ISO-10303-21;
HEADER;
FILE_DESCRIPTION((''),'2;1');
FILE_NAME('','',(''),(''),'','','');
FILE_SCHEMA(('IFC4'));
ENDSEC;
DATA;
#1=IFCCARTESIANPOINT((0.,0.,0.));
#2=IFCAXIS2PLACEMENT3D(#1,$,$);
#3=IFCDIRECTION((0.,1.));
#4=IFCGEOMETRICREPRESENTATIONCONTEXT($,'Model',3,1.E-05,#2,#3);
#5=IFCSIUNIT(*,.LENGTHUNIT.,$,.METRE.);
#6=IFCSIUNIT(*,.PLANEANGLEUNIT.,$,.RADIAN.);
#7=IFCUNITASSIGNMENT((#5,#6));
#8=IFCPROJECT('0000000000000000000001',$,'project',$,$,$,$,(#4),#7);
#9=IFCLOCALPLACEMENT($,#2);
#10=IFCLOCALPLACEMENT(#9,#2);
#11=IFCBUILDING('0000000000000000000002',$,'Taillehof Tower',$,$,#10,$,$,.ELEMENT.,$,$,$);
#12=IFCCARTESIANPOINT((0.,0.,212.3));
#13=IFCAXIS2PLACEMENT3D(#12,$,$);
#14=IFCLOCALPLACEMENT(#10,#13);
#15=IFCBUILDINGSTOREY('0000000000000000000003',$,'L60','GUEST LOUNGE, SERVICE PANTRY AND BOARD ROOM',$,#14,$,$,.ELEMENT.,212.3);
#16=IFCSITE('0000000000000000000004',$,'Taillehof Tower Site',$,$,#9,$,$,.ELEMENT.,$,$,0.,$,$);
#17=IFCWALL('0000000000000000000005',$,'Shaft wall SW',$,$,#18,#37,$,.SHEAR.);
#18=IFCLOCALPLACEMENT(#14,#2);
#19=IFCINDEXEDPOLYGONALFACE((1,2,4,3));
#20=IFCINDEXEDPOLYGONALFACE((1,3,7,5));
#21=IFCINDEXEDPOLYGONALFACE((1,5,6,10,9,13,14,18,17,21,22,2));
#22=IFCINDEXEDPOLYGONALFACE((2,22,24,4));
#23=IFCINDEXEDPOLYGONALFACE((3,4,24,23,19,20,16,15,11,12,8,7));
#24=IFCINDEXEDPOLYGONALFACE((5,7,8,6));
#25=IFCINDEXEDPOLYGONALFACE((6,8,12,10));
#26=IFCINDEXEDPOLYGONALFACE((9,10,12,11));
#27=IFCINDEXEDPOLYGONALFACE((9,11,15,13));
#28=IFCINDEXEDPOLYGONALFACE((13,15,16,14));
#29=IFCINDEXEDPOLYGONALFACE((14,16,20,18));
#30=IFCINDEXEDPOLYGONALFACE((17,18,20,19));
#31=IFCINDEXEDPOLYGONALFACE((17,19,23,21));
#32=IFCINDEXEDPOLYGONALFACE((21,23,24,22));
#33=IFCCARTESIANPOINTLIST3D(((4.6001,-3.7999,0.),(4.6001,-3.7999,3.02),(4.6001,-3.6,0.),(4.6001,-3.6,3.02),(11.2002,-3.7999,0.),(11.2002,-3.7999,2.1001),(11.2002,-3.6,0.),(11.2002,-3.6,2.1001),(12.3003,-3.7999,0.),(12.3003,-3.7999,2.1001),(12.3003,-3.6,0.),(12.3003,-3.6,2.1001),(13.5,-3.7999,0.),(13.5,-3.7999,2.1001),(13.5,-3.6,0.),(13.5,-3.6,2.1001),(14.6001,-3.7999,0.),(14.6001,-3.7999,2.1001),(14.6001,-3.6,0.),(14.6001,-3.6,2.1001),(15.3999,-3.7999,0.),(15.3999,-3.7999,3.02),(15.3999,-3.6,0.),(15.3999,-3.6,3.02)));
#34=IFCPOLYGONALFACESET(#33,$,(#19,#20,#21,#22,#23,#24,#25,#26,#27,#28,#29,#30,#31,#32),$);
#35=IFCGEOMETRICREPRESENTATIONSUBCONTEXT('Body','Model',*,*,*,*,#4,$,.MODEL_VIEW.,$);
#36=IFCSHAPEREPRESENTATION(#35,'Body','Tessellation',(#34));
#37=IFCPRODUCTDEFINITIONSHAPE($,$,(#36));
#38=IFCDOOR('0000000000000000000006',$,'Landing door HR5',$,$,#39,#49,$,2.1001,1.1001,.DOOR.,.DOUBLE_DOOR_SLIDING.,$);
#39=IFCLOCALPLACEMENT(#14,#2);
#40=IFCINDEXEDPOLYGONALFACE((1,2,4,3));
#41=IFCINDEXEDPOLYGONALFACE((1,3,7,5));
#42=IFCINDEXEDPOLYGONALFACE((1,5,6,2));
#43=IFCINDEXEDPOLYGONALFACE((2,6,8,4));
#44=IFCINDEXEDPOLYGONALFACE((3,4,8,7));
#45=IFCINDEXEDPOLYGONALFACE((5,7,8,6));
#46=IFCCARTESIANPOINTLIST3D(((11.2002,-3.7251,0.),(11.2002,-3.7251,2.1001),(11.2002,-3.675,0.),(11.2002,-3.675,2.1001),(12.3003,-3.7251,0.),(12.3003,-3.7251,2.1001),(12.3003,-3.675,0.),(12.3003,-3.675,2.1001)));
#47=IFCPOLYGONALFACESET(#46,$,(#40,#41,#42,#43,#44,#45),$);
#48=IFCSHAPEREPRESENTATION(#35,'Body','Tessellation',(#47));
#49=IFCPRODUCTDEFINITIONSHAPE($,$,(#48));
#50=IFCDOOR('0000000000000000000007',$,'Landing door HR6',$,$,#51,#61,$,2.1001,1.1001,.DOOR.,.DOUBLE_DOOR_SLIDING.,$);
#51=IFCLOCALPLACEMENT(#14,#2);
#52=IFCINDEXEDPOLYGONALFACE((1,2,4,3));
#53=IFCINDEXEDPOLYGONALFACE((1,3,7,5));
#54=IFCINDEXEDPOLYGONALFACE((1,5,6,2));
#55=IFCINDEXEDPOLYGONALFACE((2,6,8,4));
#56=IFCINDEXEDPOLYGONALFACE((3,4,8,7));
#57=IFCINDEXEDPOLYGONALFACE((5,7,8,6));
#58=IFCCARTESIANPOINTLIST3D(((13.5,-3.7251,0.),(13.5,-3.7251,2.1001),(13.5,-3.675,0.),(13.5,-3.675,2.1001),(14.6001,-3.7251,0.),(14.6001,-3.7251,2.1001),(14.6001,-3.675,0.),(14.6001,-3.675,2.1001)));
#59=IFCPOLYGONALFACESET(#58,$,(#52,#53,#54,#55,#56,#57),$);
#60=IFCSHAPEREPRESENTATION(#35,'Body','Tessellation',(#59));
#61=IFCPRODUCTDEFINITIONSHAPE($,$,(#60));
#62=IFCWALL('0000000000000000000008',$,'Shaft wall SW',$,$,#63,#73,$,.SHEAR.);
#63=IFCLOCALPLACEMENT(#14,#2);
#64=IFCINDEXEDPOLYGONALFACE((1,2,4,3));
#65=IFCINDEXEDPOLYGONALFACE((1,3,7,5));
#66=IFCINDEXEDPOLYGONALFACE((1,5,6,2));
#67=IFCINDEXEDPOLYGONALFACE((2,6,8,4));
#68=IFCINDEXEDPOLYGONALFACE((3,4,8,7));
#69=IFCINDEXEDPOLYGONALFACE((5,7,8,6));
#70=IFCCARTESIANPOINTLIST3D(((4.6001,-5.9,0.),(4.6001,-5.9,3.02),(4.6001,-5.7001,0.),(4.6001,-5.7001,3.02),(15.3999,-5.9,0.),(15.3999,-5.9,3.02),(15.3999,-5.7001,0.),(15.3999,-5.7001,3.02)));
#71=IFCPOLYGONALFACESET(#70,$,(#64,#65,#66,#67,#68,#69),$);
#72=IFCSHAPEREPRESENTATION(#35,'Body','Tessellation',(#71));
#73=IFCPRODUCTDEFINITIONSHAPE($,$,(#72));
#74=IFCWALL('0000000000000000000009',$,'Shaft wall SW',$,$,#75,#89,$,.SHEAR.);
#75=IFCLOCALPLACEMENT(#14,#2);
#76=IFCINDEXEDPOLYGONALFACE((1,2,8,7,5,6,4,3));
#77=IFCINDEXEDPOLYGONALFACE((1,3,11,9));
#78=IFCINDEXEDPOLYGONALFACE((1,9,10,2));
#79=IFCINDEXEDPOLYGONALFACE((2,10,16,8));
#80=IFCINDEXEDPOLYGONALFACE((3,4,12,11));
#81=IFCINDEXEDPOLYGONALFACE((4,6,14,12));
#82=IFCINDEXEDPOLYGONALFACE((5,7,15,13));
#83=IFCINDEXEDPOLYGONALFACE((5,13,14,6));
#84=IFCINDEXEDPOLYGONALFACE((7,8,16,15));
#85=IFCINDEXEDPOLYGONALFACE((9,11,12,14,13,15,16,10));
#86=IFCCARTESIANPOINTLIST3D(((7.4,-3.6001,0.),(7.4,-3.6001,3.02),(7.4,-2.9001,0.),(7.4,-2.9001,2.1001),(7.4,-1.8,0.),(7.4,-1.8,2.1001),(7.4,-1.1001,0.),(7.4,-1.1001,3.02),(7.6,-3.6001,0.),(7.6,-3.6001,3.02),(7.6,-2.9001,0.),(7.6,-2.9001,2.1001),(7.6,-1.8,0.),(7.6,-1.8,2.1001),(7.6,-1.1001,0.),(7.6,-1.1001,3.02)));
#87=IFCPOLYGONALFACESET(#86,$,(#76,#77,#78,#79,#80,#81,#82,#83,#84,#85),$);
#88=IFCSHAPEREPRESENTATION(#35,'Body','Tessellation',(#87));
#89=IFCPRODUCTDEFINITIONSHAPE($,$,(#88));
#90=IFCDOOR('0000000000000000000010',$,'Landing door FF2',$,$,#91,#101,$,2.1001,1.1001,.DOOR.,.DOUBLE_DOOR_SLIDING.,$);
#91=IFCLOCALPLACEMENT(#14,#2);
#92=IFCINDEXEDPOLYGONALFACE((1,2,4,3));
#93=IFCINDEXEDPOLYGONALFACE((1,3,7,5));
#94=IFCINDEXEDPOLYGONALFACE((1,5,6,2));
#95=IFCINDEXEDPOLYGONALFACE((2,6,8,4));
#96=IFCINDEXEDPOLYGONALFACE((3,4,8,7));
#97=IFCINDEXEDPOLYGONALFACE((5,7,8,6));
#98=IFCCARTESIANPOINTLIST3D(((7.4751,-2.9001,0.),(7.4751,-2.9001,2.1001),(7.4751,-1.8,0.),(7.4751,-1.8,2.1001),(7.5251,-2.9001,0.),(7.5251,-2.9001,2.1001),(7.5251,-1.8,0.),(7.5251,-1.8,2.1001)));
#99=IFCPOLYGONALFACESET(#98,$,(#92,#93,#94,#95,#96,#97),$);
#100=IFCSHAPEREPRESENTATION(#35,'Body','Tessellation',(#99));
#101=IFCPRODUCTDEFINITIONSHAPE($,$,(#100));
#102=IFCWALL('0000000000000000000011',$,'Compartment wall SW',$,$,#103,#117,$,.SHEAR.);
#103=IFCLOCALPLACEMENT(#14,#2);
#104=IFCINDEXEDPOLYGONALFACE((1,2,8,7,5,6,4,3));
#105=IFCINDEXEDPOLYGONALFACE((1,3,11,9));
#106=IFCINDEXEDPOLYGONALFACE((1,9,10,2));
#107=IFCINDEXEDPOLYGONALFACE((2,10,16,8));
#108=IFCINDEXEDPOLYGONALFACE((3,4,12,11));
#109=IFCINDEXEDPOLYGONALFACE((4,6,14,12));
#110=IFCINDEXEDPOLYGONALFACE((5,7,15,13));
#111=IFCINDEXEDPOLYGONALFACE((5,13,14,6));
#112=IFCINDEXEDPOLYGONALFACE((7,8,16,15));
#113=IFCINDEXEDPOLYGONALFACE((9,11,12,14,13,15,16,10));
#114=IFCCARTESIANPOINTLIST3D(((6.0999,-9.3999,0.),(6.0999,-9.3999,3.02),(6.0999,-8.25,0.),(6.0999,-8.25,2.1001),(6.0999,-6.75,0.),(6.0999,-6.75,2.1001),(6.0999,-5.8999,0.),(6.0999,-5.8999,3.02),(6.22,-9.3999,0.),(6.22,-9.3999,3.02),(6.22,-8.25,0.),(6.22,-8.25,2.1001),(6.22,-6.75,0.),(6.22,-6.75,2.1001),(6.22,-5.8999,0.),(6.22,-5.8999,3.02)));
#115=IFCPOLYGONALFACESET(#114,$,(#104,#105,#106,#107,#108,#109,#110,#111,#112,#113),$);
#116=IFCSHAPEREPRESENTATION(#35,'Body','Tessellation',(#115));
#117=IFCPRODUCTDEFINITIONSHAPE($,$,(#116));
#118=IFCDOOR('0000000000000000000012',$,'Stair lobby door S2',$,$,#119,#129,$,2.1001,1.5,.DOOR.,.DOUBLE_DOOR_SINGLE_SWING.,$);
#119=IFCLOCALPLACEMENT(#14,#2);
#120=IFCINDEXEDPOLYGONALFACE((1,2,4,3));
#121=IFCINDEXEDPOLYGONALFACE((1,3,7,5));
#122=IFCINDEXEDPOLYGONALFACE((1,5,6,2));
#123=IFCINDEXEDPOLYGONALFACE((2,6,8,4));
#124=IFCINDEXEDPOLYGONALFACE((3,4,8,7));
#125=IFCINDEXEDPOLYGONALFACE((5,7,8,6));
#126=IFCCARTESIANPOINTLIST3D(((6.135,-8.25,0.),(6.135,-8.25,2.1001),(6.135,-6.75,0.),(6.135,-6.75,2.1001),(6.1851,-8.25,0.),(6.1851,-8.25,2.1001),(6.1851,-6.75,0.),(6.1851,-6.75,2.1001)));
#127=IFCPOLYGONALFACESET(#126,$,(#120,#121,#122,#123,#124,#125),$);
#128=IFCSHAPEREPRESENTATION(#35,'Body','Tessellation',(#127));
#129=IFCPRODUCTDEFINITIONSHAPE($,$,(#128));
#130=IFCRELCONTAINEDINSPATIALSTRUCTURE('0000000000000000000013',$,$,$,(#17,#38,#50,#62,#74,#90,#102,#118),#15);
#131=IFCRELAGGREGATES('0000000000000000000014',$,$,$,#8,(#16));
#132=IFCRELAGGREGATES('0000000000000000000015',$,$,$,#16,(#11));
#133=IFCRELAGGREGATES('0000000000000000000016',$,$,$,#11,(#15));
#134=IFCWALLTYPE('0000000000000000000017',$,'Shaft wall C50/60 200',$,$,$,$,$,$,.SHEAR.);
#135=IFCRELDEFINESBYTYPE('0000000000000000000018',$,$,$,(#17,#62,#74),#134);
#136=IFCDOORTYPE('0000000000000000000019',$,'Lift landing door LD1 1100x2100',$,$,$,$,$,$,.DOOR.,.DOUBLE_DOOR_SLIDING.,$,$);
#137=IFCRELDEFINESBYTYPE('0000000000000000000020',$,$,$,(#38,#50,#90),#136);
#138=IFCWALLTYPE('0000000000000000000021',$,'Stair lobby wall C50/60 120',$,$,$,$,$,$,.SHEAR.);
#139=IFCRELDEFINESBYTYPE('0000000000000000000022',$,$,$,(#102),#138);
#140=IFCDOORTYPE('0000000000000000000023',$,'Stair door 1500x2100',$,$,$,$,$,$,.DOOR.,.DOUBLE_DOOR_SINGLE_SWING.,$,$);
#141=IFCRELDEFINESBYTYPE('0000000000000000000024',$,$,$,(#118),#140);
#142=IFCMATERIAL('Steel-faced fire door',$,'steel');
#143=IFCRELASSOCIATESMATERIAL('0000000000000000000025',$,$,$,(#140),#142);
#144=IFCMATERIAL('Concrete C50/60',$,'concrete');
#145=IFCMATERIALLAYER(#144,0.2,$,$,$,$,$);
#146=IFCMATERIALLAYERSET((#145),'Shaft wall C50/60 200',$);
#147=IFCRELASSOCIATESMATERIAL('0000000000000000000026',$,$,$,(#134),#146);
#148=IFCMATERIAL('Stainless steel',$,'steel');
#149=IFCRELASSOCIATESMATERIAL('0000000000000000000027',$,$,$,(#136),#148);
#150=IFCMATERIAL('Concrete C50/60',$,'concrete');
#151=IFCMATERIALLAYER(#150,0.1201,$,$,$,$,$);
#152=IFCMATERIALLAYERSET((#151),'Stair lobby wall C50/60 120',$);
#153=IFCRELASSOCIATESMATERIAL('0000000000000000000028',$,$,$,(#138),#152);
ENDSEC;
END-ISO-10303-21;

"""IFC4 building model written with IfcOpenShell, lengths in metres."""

from ifc_helpers import new_model, si_unit, direction, frame, frame_2d, origin, place, context, subcontext, project, spatial, rectangle, extrude, material, layer, layer_set, type_object, element, fill, save


model = new_model("IFC4")

# Units and contexts
model_context = context("Model", 3, precision=1e-05, world=origin(), true_north=direction((0.0, 1.0)))
body_context = subcontext(model_context, "Body", "Model", "MODEL_VIEW")
ifc_project = project(units=[si_unit("LENGTHUNIT", "METRE"), si_unit("PLANEANGLEUNIT", "RADIAN")], contexts=[model_context])

# Site, building, storey
site_placement = place(None, origin())
site = spatial("IfcSite", under=ifc_project, at=site_placement, Name="Taillehof Tower Site", CompositionType="ELEMENT", RefElevation=0.0)
building_placement = place(site_placement, origin())
building = spatial("IfcBuilding", under=site, at=building_placement, Name="Taillehof Tower", CompositionType="ELEMENT")
storey_placement = place(building_placement, frame((0.0, 0.0, 212.3)))
storey = spatial("IfcBuildingStorey", under=building, at=storey_placement, Name="L60", Description="GUEST LOUNGE, SERVICE PANTRY AND BOARD ROOM", CompositionType="ELEMENT", Elevation=212.3)

# Wall, openings, doors
ifc_material_1 = material(Name="Steel-faced fire door", Category="steel")
door_type_1 = type_object("IfcDoorType", Name="Stair door 1500x2100", OperationType="DOUBLE_DOOR_SINGLE_SWING", PredefinedType="DOOR", material=ifc_material_1)
ifc_material_2 = material(Name="Concrete C50/60", Category="concrete")
ifc_layer_1 = layer(ifc_material_2, 0.2)
ifc_layer_set_1 = layer_set([ifc_layer_1], Name="Shaft wall C50/60 200")
wall_type_1 = type_object("IfcWallType", Name="Shaft wall C50/60 200", PredefinedType="SHEAR", material=ifc_layer_set_1)
wall_1_placement = place(storey_placement, frame((4.6001, -3.7, 0.0), z_axis=(0.0, 0.0, 1.0), x_axis=(1.0, 0.0, 0.0)))
wall_1 = element("IfcWall", 1, at=wall_1_placement, inside=storey, type_object=wall_type_1, Name="Shaft wall SW", PredefinedType="SHEAR", context=body_context, shape_type="SweptSolid", body=[
    extrude(rectangle(XDim=10.7998, YDim=0.2, at=frame_2d((5.3999, 0.0))), origin(), (0.0, 0.0, 1.0), 3.02),
])
opening_1_placement = place(wall_1_placement, frame((6.6001, 0.0, 0.0)))
opening_1 = element("IfcOpeningElement", 2, at=opening_1_placement, cuts=wall_1, PredefinedType="OPENING", context=body_context, shape_type="SweptSolid", body=[
    extrude(rectangle(XDim=1.1001, YDim=2.1001, at=frame_2d((0.55, 1.05))), frame((0.0, 0.1099, 0.0), z_axis=(0.0, -1.0, 0.0), x_axis=(1.0, 0.0, 0.0)), (0.0, 0.0, 1.0), 0.22),
])
opening_2_placement = place(wall_1_placement, frame((8.8999, 0.0, 0.0)))
opening_2 = element("IfcOpeningElement", 3, at=opening_2_placement, cuts=wall_1, PredefinedType="OPENING", context=body_context, shape_type="SweptSolid", body=[
    extrude(rectangle(XDim=1.1001, YDim=2.1001, at=frame_2d((0.55, 1.05))), frame((0.0, 0.1099, 0.0), z_axis=(0.0, -1.0, 0.0), x_axis=(1.0, 0.0, 0.0)), (0.0, 0.0, 1.0), 0.22),
])
ifc_material_3 = material(Name="Stainless steel", Category="steel")
door_type_2 = type_object("IfcDoorType", Name="Lift landing door LD1 1100x2100", OperationType="DOUBLE_DOOR_SLIDING", PredefinedType="DOOR", material=ifc_material_3)
door_1_placement = place(opening_1_placement, origin())
door_1 = element("IfcDoor", 4, at=door_1_placement, inside=storey, type_object=door_type_2, Name="Landing door HR5", OperationType="DOUBLE_DOOR_SLIDING", OverallHeight=2.1001, OverallWidth=1.1001, PredefinedType="DOOR", context=body_context, shape_type="SweptSolid", body=[
    extrude(rectangle(XDim=1.1001, YDim=2.1001, at=frame_2d((0.55, 1.05))), frame((0.0, 0.0249, 0.0), z_axis=(0.0, -1.0, 0.0), x_axis=(1.0, 0.0, 0.0)), (0.0, 0.0, 1.0), 0.05),
])
fill(opening_1, door_1)
door_2_placement = place(opening_2_placement, origin())
door_2 = element("IfcDoor", 5, at=door_2_placement, inside=storey, type_object=door_type_2, Name="Landing door HR6", OperationType="DOUBLE_DOOR_SLIDING", OverallHeight=2.1001, OverallWidth=1.1001, PredefinedType="DOOR", context=body_context, shape_type="SweptSolid", body=[
    extrude(rectangle(XDim=1.1001, YDim=2.1001, at=frame_2d((0.55, 1.05))), frame((0.0, 0.0249, 0.0), z_axis=(0.0, -1.0, 0.0), x_axis=(1.0, 0.0, 0.0)), (0.0, 0.0, 1.0), 0.05),
])
fill(opening_2, door_2)

# Wall
wall_2_placement = place(storey_placement, frame((4.6001, -5.8, 0.0), z_axis=(0.0, 0.0, 1.0), x_axis=(1.0, 0.0, 0.0)))
element("IfcWall", 6, at=wall_2_placement, inside=storey, type_object=wall_type_1, Name="Shaft wall SW", PredefinedType="SHEAR", context=body_context, shape_type="SweptSolid", body=[
    extrude(rectangle(XDim=10.7998, YDim=0.2, at=frame_2d((5.3999, 0.0))), origin(), (0.0, 0.0, 1.0), 3.02),
])

# Walls, openings, doors
wall_3_placement = place(storey_placement, frame((7.5, -3.6001, 0.0), z_axis=(0.0, 0.0, 1.0), x_axis=(0.0, 1.0, 0.0)))
wall_3 = element("IfcWall", 7, at=wall_3_placement, inside=storey, type_object=wall_type_1, Name="Shaft wall SW", PredefinedType="SHEAR", context=body_context, shape_type="SweptSolid", body=[
    extrude(rectangle(XDim=2.5, YDim=0.2, at=frame_2d((1.25, 0.0))), origin(), (0.0, 0.0, 1.0), 3.02),
])
opening_3_placement = place(wall_3_placement, frame((0.7, 0.0, 0.0)))
opening_3 = element("IfcOpeningElement", 8, at=opening_3_placement, cuts=wall_3, PredefinedType="OPENING", context=body_context, shape_type="SweptSolid", body=[
    extrude(rectangle(XDim=1.1001, YDim=2.1001, at=frame_2d((0.55, 1.05))), frame((0.0, 0.1099, 0.0), z_axis=(0.0, -1.0, 0.0), x_axis=(1.0, 0.0, 0.0)), (0.0, 0.0, 1.0), 0.22),
])
door_3_placement = place(opening_3_placement, origin())
door_3 = element("IfcDoor", 9, at=door_3_placement, inside=storey, type_object=door_type_2, Name="Landing door FF2", OperationType="DOUBLE_DOOR_SLIDING", OverallHeight=2.1001, OverallWidth=1.1001, PredefinedType="DOOR", context=body_context, shape_type="SweptSolid", body=[
    extrude(rectangle(XDim=1.1001, YDim=2.1001, at=frame_2d((0.55, 1.05))), frame((0.0, 0.0249, 0.0), z_axis=(0.0, -1.0, 0.0), x_axis=(1.0, 0.0, 0.0)), (0.0, 0.0, 1.0), 0.05),
])
fill(opening_3, door_3)
ifc_material_4 = material(Name="Concrete C50/60", Category="concrete")
ifc_layer_2 = layer(ifc_material_4, 0.1201)
ifc_layer_set_2 = layer_set([ifc_layer_2], Name="Stair lobby wall C50/60 120")
wall_type_2 = type_object("IfcWallType", Name="Stair lobby wall C50/60 120", PredefinedType="SHEAR", material=ifc_layer_set_2)
wall_4_placement = place(storey_placement, frame((6.1599, -9.3999, 0.0), z_axis=(0.0, 0.0, 1.0), x_axis=(0.0, 1.0, 0.0)))
wall_4 = element("IfcWall", 10, at=wall_4_placement, inside=storey, type_object=wall_type_2, Name="Compartment wall SW", PredefinedType="SHEAR", context=body_context, shape_type="SweptSolid", body=[
    extrude(rectangle(XDim=3.5, YDim=0.1201, at=frame_2d((1.75, 0.0))), origin(), (0.0, 0.0, 1.0), 3.02),
])
opening_4_placement = place(wall_4_placement, frame((1.1499, 0.0, 0.0)))
opening_4 = element("IfcOpeningElement", 11, at=opening_4_placement, cuts=wall_4, PredefinedType="OPENING", context=body_context, shape_type="SweptSolid", body=[
    extrude(rectangle(XDim=1.5, YDim=2.1001, at=frame_2d((0.75, 1.05))), frame((0.0, 0.0701, 0.0), z_axis=(0.0, -1.0, 0.0), x_axis=(1.0, 0.0, 0.0)), (0.0, 0.0, 1.0), 0.1401),
])
door_4_placement = place(opening_4_placement, origin())
door_4 = element("IfcDoor", 12, at=door_4_placement, inside=storey, type_object=door_type_1, Name="Stair lobby door S2", OperationType="DOUBLE_DOOR_SINGLE_SWING", OverallHeight=2.1001, OverallWidth=1.5, PredefinedType="DOOR", context=body_context, shape_type="SweptSolid", body=[
    extrude(rectangle(XDim=1.5, YDim=2.1001, at=frame_2d((0.75, 1.05))), frame((0.0, 0.0249, 0.0), z_axis=(0.0, -1.0, 0.0), x_axis=(1.0, 0.0, 0.0)), (0.0, 0.0, 1.0), 0.05),
])
fill(opening_4, door_4)

save(model, "model.ifc")
